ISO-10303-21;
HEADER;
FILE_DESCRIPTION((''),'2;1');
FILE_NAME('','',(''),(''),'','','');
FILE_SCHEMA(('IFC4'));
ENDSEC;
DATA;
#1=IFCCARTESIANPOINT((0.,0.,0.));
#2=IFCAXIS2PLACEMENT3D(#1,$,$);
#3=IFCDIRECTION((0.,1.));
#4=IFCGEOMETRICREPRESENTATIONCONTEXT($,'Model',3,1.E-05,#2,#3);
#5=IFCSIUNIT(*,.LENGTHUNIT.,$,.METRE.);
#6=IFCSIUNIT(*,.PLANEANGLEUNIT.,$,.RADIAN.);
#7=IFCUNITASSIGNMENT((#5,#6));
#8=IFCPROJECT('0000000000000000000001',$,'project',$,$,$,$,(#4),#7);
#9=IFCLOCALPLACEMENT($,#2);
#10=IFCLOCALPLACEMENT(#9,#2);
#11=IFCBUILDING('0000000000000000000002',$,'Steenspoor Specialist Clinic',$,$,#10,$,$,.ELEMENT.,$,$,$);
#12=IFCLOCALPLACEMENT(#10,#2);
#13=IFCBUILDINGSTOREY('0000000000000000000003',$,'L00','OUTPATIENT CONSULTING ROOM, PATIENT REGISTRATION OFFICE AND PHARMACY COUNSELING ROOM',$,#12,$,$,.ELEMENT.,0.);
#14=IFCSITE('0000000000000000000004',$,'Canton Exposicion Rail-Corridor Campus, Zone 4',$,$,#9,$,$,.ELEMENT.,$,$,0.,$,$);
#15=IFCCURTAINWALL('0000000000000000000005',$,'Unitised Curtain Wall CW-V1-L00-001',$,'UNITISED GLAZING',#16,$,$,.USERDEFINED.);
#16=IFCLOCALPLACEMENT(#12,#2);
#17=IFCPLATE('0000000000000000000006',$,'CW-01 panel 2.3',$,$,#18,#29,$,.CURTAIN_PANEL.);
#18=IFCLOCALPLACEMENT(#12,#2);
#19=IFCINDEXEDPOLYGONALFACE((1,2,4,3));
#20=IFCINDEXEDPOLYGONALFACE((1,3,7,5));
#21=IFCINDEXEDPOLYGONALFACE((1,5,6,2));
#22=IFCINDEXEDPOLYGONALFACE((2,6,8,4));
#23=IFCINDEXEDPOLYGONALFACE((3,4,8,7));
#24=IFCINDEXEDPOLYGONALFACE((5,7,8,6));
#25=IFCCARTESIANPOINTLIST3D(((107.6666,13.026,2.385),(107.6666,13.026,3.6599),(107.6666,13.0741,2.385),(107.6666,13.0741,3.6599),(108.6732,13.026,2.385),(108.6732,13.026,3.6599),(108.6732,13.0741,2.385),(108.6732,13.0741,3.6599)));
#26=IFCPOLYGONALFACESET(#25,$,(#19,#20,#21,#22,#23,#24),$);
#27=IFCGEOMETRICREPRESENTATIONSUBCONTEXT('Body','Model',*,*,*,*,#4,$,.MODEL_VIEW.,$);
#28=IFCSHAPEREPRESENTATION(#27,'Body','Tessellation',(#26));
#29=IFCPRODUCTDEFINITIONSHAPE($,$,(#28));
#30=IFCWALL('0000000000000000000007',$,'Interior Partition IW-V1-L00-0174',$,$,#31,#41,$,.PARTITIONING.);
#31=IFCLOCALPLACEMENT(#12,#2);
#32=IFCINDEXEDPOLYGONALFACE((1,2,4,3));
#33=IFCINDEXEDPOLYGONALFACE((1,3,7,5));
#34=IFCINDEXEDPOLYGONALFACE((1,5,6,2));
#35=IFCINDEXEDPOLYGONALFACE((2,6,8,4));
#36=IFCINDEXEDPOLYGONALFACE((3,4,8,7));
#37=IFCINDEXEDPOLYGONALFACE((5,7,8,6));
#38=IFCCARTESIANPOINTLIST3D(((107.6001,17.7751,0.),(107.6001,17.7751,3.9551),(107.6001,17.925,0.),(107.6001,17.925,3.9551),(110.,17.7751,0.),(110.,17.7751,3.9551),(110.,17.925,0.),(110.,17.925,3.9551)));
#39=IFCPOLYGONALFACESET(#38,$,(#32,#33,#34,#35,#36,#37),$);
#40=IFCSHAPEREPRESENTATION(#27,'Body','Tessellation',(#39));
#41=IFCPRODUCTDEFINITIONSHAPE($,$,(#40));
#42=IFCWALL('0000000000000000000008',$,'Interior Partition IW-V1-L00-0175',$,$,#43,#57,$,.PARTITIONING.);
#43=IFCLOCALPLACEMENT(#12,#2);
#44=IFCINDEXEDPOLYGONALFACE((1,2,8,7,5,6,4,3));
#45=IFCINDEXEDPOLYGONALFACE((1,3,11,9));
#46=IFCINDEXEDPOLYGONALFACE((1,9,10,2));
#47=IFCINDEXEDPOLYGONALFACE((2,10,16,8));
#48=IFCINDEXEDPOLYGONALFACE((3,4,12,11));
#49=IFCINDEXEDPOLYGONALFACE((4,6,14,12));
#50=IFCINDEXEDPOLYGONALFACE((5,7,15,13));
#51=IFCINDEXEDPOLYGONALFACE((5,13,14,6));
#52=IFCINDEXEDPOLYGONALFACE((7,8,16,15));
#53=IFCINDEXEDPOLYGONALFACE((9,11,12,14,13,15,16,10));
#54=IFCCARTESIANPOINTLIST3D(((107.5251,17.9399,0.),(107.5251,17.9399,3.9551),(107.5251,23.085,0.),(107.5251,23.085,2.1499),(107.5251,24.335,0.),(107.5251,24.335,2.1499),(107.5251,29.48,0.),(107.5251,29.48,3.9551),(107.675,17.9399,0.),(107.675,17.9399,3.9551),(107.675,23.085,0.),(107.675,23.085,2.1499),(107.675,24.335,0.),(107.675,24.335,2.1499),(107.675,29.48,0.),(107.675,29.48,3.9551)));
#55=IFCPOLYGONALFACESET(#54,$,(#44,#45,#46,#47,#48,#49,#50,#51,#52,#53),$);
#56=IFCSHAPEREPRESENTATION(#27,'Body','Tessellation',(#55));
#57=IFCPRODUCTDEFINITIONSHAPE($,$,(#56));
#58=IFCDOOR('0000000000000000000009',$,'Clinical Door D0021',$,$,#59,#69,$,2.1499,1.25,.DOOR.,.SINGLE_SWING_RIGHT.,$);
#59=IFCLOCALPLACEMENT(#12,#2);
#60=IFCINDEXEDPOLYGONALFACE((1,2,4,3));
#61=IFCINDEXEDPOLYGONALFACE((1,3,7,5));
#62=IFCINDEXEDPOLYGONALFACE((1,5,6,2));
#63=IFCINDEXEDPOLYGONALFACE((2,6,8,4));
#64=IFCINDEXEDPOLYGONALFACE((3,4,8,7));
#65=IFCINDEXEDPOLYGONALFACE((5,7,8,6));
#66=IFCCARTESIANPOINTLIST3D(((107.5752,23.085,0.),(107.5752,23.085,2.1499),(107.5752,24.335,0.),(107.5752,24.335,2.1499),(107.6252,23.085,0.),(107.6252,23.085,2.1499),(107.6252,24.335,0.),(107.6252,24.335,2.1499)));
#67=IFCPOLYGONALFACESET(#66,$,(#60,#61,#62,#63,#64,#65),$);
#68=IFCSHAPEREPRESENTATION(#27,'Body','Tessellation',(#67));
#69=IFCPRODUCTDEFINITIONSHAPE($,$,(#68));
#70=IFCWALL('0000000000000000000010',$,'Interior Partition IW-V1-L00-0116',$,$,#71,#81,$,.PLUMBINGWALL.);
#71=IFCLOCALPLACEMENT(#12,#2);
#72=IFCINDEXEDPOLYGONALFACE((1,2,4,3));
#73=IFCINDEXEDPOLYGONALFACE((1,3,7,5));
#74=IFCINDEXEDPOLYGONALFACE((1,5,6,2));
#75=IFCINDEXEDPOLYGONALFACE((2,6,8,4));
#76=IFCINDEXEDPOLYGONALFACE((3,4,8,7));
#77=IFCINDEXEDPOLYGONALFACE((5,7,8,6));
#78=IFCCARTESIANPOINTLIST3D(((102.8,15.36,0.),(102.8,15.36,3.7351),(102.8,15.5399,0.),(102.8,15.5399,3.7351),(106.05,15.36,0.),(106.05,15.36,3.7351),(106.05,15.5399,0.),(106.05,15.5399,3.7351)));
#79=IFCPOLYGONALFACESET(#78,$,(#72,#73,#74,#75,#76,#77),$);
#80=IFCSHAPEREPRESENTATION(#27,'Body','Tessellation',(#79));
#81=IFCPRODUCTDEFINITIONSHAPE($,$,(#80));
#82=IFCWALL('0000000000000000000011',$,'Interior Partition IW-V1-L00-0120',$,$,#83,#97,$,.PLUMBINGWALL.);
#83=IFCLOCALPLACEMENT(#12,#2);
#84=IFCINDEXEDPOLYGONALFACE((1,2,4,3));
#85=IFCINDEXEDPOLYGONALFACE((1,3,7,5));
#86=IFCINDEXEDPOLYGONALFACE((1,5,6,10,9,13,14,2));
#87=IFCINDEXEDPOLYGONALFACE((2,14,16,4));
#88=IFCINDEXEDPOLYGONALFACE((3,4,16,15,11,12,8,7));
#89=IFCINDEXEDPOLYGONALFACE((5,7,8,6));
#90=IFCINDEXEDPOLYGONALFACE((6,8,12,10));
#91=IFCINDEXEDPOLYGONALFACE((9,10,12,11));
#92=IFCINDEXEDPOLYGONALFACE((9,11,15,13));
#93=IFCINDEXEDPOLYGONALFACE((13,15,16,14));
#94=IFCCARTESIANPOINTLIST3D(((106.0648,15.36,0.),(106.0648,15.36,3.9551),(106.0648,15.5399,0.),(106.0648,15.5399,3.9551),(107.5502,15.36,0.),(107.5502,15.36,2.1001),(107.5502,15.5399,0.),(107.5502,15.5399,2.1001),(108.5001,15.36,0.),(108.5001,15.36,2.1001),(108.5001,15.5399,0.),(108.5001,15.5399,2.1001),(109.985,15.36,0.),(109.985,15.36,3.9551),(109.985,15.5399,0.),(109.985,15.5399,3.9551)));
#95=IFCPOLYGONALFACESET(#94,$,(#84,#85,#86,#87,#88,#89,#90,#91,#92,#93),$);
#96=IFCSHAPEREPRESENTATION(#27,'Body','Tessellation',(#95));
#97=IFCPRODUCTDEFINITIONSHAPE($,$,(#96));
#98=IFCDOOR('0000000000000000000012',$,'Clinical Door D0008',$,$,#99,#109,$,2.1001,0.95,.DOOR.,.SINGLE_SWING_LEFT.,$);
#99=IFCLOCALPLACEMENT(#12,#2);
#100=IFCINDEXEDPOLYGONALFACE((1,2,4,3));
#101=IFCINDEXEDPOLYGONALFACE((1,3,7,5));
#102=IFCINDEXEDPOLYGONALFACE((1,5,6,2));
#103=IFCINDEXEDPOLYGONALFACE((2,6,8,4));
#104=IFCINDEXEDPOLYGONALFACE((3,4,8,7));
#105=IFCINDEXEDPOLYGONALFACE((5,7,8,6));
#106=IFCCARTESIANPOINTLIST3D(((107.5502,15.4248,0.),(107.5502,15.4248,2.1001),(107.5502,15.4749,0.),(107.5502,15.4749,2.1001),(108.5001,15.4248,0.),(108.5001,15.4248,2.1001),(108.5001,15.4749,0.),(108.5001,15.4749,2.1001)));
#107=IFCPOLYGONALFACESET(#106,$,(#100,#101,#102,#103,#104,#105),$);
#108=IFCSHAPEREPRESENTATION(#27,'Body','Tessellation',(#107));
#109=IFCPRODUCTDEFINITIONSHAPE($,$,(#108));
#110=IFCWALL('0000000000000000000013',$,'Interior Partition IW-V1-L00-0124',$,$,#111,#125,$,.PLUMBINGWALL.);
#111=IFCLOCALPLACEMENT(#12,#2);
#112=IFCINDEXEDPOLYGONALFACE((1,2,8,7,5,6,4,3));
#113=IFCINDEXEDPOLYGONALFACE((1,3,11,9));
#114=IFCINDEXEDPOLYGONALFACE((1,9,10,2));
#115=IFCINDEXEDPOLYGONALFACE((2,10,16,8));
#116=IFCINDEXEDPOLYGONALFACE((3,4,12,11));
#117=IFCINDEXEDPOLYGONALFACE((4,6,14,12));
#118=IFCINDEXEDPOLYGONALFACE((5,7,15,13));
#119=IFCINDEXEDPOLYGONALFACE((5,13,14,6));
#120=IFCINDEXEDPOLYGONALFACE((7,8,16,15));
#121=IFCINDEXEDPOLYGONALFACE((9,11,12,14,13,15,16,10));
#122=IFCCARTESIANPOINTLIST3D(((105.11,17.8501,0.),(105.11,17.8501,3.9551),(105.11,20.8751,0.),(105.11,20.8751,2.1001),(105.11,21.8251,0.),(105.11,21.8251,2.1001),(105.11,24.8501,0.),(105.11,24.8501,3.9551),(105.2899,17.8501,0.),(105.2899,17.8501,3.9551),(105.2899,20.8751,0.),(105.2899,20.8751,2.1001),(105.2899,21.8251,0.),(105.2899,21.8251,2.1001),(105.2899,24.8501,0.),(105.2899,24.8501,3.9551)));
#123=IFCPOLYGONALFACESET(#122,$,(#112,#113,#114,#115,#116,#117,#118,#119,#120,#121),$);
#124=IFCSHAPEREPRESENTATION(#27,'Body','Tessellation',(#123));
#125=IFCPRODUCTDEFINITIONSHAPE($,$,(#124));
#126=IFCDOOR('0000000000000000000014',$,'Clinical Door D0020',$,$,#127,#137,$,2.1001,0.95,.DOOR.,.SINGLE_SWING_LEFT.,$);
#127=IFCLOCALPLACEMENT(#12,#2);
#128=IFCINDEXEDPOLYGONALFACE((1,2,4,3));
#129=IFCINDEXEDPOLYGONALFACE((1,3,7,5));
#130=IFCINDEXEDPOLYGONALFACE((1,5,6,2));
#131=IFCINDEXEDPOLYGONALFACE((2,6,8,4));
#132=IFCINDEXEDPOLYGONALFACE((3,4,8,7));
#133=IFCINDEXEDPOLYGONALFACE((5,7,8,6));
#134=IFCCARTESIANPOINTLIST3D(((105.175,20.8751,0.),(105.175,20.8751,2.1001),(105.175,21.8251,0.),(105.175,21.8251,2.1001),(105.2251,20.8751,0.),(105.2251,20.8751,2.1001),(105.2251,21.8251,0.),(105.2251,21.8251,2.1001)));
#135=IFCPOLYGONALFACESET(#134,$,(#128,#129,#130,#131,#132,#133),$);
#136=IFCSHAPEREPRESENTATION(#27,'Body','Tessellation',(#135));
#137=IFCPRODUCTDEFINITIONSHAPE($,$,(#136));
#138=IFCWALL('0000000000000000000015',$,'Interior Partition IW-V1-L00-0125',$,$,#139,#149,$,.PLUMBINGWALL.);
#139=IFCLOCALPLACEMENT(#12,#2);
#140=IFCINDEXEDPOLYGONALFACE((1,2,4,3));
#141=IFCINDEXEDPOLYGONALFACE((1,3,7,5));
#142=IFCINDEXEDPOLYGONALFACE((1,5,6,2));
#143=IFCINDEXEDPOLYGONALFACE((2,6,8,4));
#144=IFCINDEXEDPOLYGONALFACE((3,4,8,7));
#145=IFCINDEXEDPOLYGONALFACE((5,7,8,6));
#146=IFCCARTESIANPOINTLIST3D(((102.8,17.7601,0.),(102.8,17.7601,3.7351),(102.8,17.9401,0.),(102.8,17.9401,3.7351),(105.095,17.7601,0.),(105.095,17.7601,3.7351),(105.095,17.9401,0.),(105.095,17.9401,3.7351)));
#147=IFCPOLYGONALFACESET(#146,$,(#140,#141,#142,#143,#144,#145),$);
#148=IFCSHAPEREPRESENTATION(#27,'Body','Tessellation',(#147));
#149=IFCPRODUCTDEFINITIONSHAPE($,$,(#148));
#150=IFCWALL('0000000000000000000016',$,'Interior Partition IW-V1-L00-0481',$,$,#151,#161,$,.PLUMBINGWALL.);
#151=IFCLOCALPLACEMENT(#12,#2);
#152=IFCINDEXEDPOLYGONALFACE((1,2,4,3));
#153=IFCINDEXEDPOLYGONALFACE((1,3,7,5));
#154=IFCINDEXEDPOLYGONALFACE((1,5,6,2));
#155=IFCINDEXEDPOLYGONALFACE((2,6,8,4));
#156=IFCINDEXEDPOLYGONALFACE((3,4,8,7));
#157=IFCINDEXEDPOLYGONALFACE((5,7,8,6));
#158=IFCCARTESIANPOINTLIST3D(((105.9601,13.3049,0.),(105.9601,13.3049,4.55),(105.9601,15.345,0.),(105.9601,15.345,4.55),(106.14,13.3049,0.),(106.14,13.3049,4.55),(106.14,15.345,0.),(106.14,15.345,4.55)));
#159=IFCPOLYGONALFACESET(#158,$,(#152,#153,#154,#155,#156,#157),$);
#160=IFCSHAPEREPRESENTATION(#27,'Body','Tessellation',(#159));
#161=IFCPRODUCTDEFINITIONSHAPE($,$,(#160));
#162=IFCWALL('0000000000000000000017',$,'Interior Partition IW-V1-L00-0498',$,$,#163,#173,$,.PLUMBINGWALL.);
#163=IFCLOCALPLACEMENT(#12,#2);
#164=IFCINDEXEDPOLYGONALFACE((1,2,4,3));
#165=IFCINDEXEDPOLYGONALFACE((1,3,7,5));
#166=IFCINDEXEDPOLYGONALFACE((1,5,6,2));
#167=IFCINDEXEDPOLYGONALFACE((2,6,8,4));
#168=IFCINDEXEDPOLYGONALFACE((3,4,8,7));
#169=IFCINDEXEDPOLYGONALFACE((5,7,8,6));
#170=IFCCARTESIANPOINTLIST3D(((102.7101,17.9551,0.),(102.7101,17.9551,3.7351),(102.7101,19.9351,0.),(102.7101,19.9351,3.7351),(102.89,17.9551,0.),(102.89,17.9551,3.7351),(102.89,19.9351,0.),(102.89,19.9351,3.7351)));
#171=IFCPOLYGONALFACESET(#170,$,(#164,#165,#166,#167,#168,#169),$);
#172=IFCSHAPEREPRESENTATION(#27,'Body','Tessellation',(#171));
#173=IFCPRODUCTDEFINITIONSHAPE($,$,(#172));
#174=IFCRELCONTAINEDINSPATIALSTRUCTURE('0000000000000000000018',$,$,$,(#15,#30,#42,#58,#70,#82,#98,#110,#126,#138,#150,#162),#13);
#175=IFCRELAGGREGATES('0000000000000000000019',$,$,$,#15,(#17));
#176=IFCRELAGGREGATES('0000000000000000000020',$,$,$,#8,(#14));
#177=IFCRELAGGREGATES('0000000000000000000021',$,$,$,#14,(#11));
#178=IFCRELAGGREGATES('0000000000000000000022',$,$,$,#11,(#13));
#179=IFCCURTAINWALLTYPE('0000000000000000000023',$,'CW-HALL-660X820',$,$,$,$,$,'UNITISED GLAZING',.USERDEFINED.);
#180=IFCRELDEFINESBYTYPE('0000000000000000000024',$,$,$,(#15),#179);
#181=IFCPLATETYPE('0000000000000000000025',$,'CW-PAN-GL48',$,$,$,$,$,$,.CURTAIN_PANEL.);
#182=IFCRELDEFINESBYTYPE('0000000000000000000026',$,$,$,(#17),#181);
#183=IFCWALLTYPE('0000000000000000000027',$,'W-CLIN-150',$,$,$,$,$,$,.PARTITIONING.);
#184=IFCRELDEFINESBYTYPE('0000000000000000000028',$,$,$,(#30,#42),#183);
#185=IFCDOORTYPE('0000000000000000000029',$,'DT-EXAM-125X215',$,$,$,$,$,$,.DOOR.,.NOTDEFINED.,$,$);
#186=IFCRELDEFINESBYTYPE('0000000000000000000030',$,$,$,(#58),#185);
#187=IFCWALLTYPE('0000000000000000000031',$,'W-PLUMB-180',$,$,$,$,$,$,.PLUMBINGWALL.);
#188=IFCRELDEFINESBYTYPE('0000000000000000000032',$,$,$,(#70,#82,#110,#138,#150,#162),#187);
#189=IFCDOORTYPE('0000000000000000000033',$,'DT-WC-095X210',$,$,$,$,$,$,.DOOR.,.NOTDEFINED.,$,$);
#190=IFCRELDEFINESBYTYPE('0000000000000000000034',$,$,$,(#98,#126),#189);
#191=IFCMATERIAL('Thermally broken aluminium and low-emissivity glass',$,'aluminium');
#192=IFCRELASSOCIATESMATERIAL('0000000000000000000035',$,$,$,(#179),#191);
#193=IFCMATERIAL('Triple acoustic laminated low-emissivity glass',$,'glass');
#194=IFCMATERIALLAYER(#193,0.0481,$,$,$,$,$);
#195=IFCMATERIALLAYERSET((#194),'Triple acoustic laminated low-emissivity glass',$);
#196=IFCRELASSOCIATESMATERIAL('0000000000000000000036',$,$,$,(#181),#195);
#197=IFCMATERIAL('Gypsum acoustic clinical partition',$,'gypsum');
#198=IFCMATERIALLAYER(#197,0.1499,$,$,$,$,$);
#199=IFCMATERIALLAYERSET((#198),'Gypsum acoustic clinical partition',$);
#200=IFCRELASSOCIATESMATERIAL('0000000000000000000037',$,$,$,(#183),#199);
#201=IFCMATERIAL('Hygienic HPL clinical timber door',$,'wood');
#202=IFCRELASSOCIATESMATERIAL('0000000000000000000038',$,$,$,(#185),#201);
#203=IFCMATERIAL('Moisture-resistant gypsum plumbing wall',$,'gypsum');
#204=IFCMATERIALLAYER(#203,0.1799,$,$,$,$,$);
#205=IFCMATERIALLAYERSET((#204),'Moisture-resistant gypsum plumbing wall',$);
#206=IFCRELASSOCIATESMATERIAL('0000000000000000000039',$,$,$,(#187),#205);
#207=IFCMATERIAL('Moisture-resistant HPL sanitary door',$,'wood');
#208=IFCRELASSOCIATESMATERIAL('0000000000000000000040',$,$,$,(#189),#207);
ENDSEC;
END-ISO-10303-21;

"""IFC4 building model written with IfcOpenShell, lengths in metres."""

from ifc_helpers import new_model, si_unit, direction, frame, frame_2d, origin, origin_2d, place, context, subcontext, project, spatial, rectangle, extrude, material, layer, layer_set, type_object, element, fill, aggregate, save


model = new_model("IFC4")

# Units and contexts
model_context = context("Model", 3, precision=1e-05, world=origin(), true_north=direction((0.0, 1.0)))
body_context = subcontext(model_context, "Body", "Model", "MODEL_VIEW")
ifc_project = project(units=[si_unit("LENGTHUNIT", "METRE"), si_unit("PLANEANGLEUNIT", "RADIAN")], contexts=[model_context])

# Site, building, storey
site_placement = place(None, origin())
site = spatial("IfcSite", under=ifc_project, at=site_placement, Name="Canton Exposicion Rail-Corridor Campus, Zone 4", CompositionType="ELEMENT", RefElevation=0.0)
building_placement = place(site_placement, origin())
building = spatial("IfcBuilding", under=site, at=building_placement, Name="Steenspoor Specialist Clinic", CompositionType="ELEMENT")
storey_placement = place(building_placement, origin())
storey = spatial("IfcBuildingStorey", under=building, at=storey_placement, Name="L00", Description="OUTPATIENT CONSULTING ROOM, PATIENT REGISTRATION OFFICE AND PHARMACY COUNSELING ROOM", CompositionType="ELEMENT", Elevation=0.0)

# Curtain wall
ifc_material_1 = material(Name="Thermally broken aluminium and low-emissivity glass", Category="aluminium")
curtain_wall_type = type_object("IfcCurtainWallType", Name="CW-HALL-660X820", ElementType="UNITISED GLAZING", PredefinedType="USERDEFINED", material=ifc_material_1)
curtain_wall_placement = place(storey_placement, origin())
curtain_wall = element("IfcCurtainWall", 1, at=curtain_wall_placement, inside=storey, type_object=curtain_wall_type, Name="Unitised Curtain Wall CW-V1-L00-001", ObjectType="UNITISED GLAZING", PredefinedType="USERDEFINED")

# Plate
ifc_material_2 = material(Name="Triple acoustic laminated low-emissivity glass", Category="glass")
ifc_layer_1 = layer(ifc_material_2, 0.0481)
ifc_layer_set_1 = layer_set([ifc_layer_1], Name="Triple acoustic laminated low-emissivity glass")
plate_type = type_object("IfcPlateType", Name="CW-PAN-GL48", PredefinedType="CURTAIN_PANEL", material=ifc_layer_set_1)
plate_placement = place(storey_placement, frame((108.1699, 13.05, 2.385), z_axis=(0.0, 0.0, 1.0), x_axis=(-1.0, 0.0, 0.0)))
plate = element("IfcPlate", 2, at=plate_placement, type_object=plate_type, Name="CW-01 panel 2.3", PredefinedType="CURTAIN_PANEL", context=body_context, shape_type="SweptSolid", body=[
    extrude(rectangle(XDim=1.0066, YDim=0.0481, at=origin_2d()), origin(), (0.0, 0.0, 1.0), 1.2749),
])
aggregate(curtain_wall, [plate])

# Wall
ifc_material_3 = material(Name="Gypsum acoustic clinical partition", Category="gypsum")
ifc_layer_2 = layer(ifc_material_3, 0.1499)
ifc_layer_set_2 = layer_set([ifc_layer_2], Name="Gypsum acoustic clinical partition")
wall_type_1 = type_object("IfcWallType", Name="W-CLIN-150", PredefinedType="PARTITIONING", material=ifc_layer_set_2)
wall_1_placement = place(storey_placement, frame((107.6001, 17.8501, 0.0), z_axis=(0.0, 0.0, 1.0), x_axis=(1.0, 0.0, 0.0)))
element("IfcWall", 3, at=wall_1_placement, inside=storey, type_object=wall_type_1, Name="Interior Partition IW-V1-L00-0174", PredefinedType="PARTITIONING", context=body_context, shape_type="SweptSolid", body=[
    extrude(rectangle(XDim=2.3999, YDim=0.1499, at=frame_2d((1.2, 0.0))), origin(), (0.0, 0.0, 1.0), 3.9551),
])

# Wall, opening, door
wall_2_placement = place(storey_placement, frame((107.6001, 17.9399, 0.0), z_axis=(0.0, 0.0, 1.0), x_axis=(0.0, 1.0, 0.0)))
wall_2 = element("IfcWall", 4, at=wall_2_placement, inside=storey, type_object=wall_type_1, Name="Interior Partition IW-V1-L00-0175", PredefinedType="PARTITIONING", context=body_context, shape_type="SweptSolid", body=[
    extrude(rectangle(XDim=11.54, YDim=0.1499, at=frame_2d((5.77, 0.0))), origin(), (0.0, 0.0, 1.0), 3.9551),
])
opening_1_placement = place(wall_2_placement, frame((5.145, 0.0, 0.0)))
opening_1 = element("IfcOpeningElement", 5, at=opening_1_placement, cuts=wall_2, PredefinedType="OPENING", context=body_context, shape_type="SweptSolid", body=[
    extrude(rectangle(XDim=1.25, YDim=2.1499, at=frame_2d((0.625, 1.075))), frame((0.0, 0.085, 0.0), z_axis=(0.0, -1.0, 0.0), x_axis=(1.0, 0.0, 0.0)), (0.0, 0.0, 1.0), 0.1699),
])
ifc_material_4 = material(Name="Hygienic HPL clinical timber door", Category="wood")
door_type_1 = type_object("IfcDoorType", Name="DT-EXAM-125X215", OperationType="NOTDEFINED", PredefinedType="DOOR", material=ifc_material_4)
door_1_placement = place(opening_1_placement, origin())
door_1 = element("IfcDoor", 6, at=door_1_placement, inside=storey, type_object=door_type_1, Name="Clinical Door D0021", OperationType="SINGLE_SWING_RIGHT", OverallHeight=2.1499, OverallWidth=1.25, PredefinedType="DOOR", context=body_context, shape_type="SweptSolid", body=[
    extrude(rectangle(XDim=1.25, YDim=2.1499, at=frame_2d((0.625, 1.075))), frame((0.0, 0.0249, 0.0), z_axis=(0.0, -1.0, 0.0), x_axis=(1.0, 0.0, 0.0)), (0.0, 0.0, 1.0), 0.05),
])
fill(opening_1, door_1)

# Wall
ifc_material_5 = material(Name="Moisture-resistant gypsum plumbing wall", Category="gypsum")
ifc_layer_3 = layer(ifc_material_5, 0.1799)
ifc_layer_set_3 = layer_set([ifc_layer_3], Name="Moisture-resistant gypsum plumbing wall")
wall_type_2 = type_object("IfcWallType", Name="W-PLUMB-180", PredefinedType="PLUMBINGWALL", material=ifc_layer_set_3)
wall_3_placement = place(storey_placement, frame((102.8, 15.45, 0.0), z_axis=(0.0, 0.0, 1.0), x_axis=(1.0, 0.0, 0.0)))
element("IfcWall", 7, at=wall_3_placement, inside=storey, type_object=wall_type_2, Name="Interior Partition IW-V1-L00-0116", PredefinedType="PLUMBINGWALL", context=body_context, shape_type="SweptSolid", body=[
    extrude(rectangle(XDim=3.25, YDim=0.1799, at=frame_2d((1.625, 0.0))), origin(), (0.0, 0.0, 1.0), 3.7351),
])

# Walls, openings, doors
wall_4_placement = place(storey_placement, frame((106.0649, 15.45, 0.0), z_axis=(0.0, 0.0, 1.0), x_axis=(1.0, 0.0, 0.0)))
wall_4 = element("IfcWall", 8, at=wall_4_placement, inside=storey, type_object=wall_type_2, Name="Interior Partition IW-V1-L00-0120", PredefinedType="PLUMBINGWALL", context=body_context, shape_type="SweptSolid", body=[
    extrude(rectangle(XDim=3.9202, YDim=0.1799, at=frame_2d((1.96, 0.0))), origin(), (0.0, 0.0, 1.0), 3.9551),
])
opening_2_placement = place(wall_4_placement, frame((1.4851, 0.0, 0.0)))
opening_2 = element("IfcOpeningElement", 9, at=opening_2_placement, cuts=wall_4, PredefinedType="OPENING", context=body_context, shape_type="SweptSolid", body=[
    extrude(rectangle(XDim=0.95, YDim=2.1001, at=frame_2d((0.4751, 1.05))), frame((0.0, 0.1001, 0.0), z_axis=(0.0, -1.0, 0.0), x_axis=(1.0, 0.0, 0.0)), (0.0, 0.0, 1.0), 0.2),
])
ifc_material_6 = material(Name="Moisture-resistant HPL sanitary door", Category="wood")
door_type_2 = type_object("IfcDoorType", Name="DT-WC-095X210", OperationType="NOTDEFINED", PredefinedType="DOOR", material=ifc_material_6)
door_2_placement = place(opening_2_placement, origin())
door_2 = element("IfcDoor", 10, at=door_2_placement, inside=storey, type_object=door_type_2, Name="Clinical Door D0008", OperationType="SINGLE_SWING_LEFT", OverallHeight=2.1001, OverallWidth=0.95, PredefinedType="DOOR", context=body_context, shape_type="SweptSolid", body=[
    extrude(rectangle(XDim=0.95, YDim=2.1001, at=frame_2d((0.4751, 1.05))), frame((0.0, 0.0249, 0.0), z_axis=(0.0, -1.0, 0.0), x_axis=(1.0, 0.0, 0.0)), (0.0, 0.0, 1.0), 0.05),
])
fill(opening_2, door_2)
wall_5_placement = place(storey_placement, frame((105.2, 17.8501, 0.0), z_axis=(0.0, 0.0, 1.0), x_axis=(0.0, 1.0, 0.0)))
wall_5 = element("IfcWall", 11, at=wall_5_placement, inside=storey, type_object=wall_type_2, Name="Interior Partition IW-V1-L00-0124", PredefinedType="PLUMBINGWALL", context=body_context, shape_type="SweptSolid", body=[
    extrude(rectangle(XDim=7.0, YDim=0.1799, at=frame_2d((3.5, 0.0))), origin(), (0.0, 0.0, 1.0), 3.9551),
])
opening_3_placement = place(wall_5_placement, frame((3.0249, 0.0, 0.0)))
opening_3 = element("IfcOpeningElement", 12, at=opening_3_placement, cuts=wall_5, PredefinedType="OPENING", context=body_context, shape_type="SweptSolid", body=[
    extrude(rectangle(XDim=0.95, YDim=2.1001, at=frame_2d((0.4751, 1.05))), frame((0.0, 0.1001, 0.0), z_axis=(0.0, -1.0, 0.0), x_axis=(1.0, 0.0, 0.0)), (0.0, 0.0, 1.0), 0.2),
])
door_3_placement = place(opening_3_placement, origin())
door_3 = element("IfcDoor", 13, at=door_3_placement, inside=storey, type_object=door_type_2, Name="Clinical Door D0020", OperationType="SINGLE_SWING_LEFT", OverallHeight=2.1001, OverallWidth=0.95, PredefinedType="DOOR", context=body_context, shape_type="SweptSolid", body=[
    extrude(rectangle(XDim=0.95, YDim=2.1001, at=frame_2d((0.4751, 1.05))), frame((0.0, 0.0249, 0.0), z_axis=(0.0, -1.0, 0.0), x_axis=(1.0, 0.0, 0.0)), (0.0, 0.0, 1.0), 0.05),
])
fill(opening_3, door_3)

# Walls
wall_6_placement = place(storey_placement, frame((102.8, 17.8501, 0.0), z_axis=(0.0, 0.0, 1.0), x_axis=(1.0, 0.0, 0.0)))
element("IfcWall", 14, at=wall_6_placement, inside=storey, type_object=wall_type_2, Name="Interior Partition IW-V1-L00-0125", PredefinedType="PLUMBINGWALL", context=body_context, shape_type="SweptSolid", body=[
    extrude(rectangle(XDim=2.2949, YDim=0.1799, at=frame_2d((1.1475, 0.0))), origin(), (0.0, 0.0, 1.0), 3.7351),
])
wall_7_placement = place(storey_placement, frame((106.05, 13.3049, 0.0), z_axis=(0.0, 0.0, 1.0), x_axis=(0.0, 1.0, 0.0)))
element("IfcWall", 15, at=wall_7_placement, inside=storey, type_object=wall_type_2, Name="Interior Partition IW-V1-L00-0481", PredefinedType="PLUMBINGWALL", context=body_context, shape_type="SweptSolid", body=[
    extrude(rectangle(XDim=2.04, YDim=0.1799, at=frame_2d((1.02, 0.0))), origin(), (0.0, 0.0, 1.0), 4.55),
])
wall_8_placement = place(storey_placement, frame((102.8, 17.9551, 0.0), z_axis=(0.0, 0.0, 1.0), x_axis=(0.0, 1.0, 0.0)))
element("IfcWall", 16, at=wall_8_placement, inside=storey, type_object=wall_type_2, Name="Interior Partition IW-V1-L00-0498", PredefinedType="PLUMBINGWALL", context=body_context, shape_type="SweptSolid", body=[
    extrude(rectangle(XDim=1.98, YDim=0.1799, at=frame_2d((0.99, 0.0))), origin(), (0.0, 0.0, 1.0), 3.7351),
])

save(model, "model.ifc")
